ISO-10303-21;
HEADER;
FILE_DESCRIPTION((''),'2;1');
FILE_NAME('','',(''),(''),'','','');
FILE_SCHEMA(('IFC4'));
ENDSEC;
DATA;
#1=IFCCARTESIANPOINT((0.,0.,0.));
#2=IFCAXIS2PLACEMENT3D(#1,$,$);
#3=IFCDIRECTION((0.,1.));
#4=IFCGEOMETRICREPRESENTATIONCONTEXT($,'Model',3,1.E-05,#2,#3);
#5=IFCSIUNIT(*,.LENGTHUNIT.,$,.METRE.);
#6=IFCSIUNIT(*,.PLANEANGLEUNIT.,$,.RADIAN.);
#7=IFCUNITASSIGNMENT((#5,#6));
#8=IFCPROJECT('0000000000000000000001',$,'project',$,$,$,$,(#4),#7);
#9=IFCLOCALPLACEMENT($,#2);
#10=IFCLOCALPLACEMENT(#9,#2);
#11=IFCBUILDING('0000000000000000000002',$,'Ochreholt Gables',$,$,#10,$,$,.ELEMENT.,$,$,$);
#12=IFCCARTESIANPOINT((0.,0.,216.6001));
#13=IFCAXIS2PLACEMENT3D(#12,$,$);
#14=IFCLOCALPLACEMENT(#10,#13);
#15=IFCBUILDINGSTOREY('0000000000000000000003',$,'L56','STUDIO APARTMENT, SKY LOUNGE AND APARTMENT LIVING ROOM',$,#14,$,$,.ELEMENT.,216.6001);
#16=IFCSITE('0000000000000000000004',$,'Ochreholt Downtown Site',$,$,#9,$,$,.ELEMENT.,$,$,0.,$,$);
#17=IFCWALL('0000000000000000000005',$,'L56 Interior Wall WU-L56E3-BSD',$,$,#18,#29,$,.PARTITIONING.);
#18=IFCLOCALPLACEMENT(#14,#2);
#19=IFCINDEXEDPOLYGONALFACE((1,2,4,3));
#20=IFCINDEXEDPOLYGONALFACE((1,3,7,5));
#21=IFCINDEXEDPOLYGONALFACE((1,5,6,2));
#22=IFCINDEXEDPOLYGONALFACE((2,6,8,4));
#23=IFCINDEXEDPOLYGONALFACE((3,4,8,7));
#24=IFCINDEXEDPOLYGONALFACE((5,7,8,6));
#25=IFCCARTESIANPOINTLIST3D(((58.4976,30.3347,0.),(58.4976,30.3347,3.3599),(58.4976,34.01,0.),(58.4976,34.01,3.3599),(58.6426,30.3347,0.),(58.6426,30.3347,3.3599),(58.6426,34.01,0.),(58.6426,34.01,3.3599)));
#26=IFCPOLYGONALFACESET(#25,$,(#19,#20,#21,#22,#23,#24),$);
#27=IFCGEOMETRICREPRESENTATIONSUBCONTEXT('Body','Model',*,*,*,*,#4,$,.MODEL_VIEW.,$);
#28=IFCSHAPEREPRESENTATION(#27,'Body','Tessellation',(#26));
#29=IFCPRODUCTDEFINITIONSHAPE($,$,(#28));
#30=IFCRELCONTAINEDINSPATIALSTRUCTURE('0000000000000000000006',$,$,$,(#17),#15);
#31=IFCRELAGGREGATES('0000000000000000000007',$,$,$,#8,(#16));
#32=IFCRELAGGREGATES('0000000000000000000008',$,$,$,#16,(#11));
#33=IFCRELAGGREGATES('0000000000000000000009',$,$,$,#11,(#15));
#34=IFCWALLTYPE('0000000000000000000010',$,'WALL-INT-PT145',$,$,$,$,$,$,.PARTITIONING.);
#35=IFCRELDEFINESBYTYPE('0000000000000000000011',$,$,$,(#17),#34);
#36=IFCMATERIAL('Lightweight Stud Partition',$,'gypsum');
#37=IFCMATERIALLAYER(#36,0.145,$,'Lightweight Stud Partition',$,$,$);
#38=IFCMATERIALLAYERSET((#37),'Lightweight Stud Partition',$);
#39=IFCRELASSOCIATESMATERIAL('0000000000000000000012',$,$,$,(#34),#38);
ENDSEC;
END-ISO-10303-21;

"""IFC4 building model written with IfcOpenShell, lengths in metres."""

from ifc_helpers import new_model, si_unit, direction, frame, frame_2d, origin, place, context, subcontext, project, spatial, rectangle, extrude, material, layer, layer_set, type_object, element, save


model = new_model("IFC4")

# Units and contexts
model_context = context("Model", 3, precision=1e-05, world=origin(), true_north=direction((0.0, 1.0)))
body_context = subcontext(model_context, "Body", "Model", "MODEL_VIEW")
ifc_project = project(units=[si_unit("LENGTHUNIT", "METRE"), si_unit("PLANEANGLEUNIT", "RADIAN")], contexts=[model_context])

# Site, building, storey
site_placement = place(None, origin())
site = spatial("IfcSite", under=ifc_project, at=site_placement, Name="Ochreholt Downtown Site", CompositionType="ELEMENT", RefElevation=0.0)
building_placement = place(site_placement, origin())
building = spatial("IfcBuilding", under=site, at=building_placement, Name="Ochreholt Gables", CompositionType="ELEMENT")
storey_placement = place(building_placement, frame((0.0, 0.0, 216.6001)))
storey = spatial("IfcBuildingStorey", under=building, at=storey_placement, Name="L56", Description="STUDIO APARTMENT, SKY LOUNGE AND APARTMENT LIVING ROOM", CompositionType="ELEMENT", Elevation=216.6001)

# Shared definitions
ifc_material_1 = material(Name="Lightweight Stud Partition", Category="gypsum")
ifc_layer_1 = layer(ifc_material_1, 0.145, Name="Lightweight Stud Partition")
ifc_layer_set_1 = layer_set([ifc_layer_1], Name="Lightweight Stud Partition")
wall_type_1 = type_object("IfcWallType", Name="WALL-INT-PT145", PredefinedType="PARTITIONING", material=ifc_layer_set_1)

# Wall
wall_1_placement = place(storey_placement, frame((58.5701, 30.3347, 0.0), z_axis=(0.0, 0.0, 1.0), x_axis=(0.0, 1.0, 0.0)))
element("IfcWall", 1, at=wall_1_placement, inside=storey, type_object=wall_type_1, Name="L56 Interior Wall WU-L56E3-BSD", PredefinedType="PARTITIONING", context=body_context, shape_type="SweptSolid", body=[
    extrude(rectangle(XDim=3.6753, YDim=0.145, at=frame_2d((1.8376, 0.0))), origin(), (0.0, 0.0, 1.0), 3.3599),
])

save(model, "model.ifc")
